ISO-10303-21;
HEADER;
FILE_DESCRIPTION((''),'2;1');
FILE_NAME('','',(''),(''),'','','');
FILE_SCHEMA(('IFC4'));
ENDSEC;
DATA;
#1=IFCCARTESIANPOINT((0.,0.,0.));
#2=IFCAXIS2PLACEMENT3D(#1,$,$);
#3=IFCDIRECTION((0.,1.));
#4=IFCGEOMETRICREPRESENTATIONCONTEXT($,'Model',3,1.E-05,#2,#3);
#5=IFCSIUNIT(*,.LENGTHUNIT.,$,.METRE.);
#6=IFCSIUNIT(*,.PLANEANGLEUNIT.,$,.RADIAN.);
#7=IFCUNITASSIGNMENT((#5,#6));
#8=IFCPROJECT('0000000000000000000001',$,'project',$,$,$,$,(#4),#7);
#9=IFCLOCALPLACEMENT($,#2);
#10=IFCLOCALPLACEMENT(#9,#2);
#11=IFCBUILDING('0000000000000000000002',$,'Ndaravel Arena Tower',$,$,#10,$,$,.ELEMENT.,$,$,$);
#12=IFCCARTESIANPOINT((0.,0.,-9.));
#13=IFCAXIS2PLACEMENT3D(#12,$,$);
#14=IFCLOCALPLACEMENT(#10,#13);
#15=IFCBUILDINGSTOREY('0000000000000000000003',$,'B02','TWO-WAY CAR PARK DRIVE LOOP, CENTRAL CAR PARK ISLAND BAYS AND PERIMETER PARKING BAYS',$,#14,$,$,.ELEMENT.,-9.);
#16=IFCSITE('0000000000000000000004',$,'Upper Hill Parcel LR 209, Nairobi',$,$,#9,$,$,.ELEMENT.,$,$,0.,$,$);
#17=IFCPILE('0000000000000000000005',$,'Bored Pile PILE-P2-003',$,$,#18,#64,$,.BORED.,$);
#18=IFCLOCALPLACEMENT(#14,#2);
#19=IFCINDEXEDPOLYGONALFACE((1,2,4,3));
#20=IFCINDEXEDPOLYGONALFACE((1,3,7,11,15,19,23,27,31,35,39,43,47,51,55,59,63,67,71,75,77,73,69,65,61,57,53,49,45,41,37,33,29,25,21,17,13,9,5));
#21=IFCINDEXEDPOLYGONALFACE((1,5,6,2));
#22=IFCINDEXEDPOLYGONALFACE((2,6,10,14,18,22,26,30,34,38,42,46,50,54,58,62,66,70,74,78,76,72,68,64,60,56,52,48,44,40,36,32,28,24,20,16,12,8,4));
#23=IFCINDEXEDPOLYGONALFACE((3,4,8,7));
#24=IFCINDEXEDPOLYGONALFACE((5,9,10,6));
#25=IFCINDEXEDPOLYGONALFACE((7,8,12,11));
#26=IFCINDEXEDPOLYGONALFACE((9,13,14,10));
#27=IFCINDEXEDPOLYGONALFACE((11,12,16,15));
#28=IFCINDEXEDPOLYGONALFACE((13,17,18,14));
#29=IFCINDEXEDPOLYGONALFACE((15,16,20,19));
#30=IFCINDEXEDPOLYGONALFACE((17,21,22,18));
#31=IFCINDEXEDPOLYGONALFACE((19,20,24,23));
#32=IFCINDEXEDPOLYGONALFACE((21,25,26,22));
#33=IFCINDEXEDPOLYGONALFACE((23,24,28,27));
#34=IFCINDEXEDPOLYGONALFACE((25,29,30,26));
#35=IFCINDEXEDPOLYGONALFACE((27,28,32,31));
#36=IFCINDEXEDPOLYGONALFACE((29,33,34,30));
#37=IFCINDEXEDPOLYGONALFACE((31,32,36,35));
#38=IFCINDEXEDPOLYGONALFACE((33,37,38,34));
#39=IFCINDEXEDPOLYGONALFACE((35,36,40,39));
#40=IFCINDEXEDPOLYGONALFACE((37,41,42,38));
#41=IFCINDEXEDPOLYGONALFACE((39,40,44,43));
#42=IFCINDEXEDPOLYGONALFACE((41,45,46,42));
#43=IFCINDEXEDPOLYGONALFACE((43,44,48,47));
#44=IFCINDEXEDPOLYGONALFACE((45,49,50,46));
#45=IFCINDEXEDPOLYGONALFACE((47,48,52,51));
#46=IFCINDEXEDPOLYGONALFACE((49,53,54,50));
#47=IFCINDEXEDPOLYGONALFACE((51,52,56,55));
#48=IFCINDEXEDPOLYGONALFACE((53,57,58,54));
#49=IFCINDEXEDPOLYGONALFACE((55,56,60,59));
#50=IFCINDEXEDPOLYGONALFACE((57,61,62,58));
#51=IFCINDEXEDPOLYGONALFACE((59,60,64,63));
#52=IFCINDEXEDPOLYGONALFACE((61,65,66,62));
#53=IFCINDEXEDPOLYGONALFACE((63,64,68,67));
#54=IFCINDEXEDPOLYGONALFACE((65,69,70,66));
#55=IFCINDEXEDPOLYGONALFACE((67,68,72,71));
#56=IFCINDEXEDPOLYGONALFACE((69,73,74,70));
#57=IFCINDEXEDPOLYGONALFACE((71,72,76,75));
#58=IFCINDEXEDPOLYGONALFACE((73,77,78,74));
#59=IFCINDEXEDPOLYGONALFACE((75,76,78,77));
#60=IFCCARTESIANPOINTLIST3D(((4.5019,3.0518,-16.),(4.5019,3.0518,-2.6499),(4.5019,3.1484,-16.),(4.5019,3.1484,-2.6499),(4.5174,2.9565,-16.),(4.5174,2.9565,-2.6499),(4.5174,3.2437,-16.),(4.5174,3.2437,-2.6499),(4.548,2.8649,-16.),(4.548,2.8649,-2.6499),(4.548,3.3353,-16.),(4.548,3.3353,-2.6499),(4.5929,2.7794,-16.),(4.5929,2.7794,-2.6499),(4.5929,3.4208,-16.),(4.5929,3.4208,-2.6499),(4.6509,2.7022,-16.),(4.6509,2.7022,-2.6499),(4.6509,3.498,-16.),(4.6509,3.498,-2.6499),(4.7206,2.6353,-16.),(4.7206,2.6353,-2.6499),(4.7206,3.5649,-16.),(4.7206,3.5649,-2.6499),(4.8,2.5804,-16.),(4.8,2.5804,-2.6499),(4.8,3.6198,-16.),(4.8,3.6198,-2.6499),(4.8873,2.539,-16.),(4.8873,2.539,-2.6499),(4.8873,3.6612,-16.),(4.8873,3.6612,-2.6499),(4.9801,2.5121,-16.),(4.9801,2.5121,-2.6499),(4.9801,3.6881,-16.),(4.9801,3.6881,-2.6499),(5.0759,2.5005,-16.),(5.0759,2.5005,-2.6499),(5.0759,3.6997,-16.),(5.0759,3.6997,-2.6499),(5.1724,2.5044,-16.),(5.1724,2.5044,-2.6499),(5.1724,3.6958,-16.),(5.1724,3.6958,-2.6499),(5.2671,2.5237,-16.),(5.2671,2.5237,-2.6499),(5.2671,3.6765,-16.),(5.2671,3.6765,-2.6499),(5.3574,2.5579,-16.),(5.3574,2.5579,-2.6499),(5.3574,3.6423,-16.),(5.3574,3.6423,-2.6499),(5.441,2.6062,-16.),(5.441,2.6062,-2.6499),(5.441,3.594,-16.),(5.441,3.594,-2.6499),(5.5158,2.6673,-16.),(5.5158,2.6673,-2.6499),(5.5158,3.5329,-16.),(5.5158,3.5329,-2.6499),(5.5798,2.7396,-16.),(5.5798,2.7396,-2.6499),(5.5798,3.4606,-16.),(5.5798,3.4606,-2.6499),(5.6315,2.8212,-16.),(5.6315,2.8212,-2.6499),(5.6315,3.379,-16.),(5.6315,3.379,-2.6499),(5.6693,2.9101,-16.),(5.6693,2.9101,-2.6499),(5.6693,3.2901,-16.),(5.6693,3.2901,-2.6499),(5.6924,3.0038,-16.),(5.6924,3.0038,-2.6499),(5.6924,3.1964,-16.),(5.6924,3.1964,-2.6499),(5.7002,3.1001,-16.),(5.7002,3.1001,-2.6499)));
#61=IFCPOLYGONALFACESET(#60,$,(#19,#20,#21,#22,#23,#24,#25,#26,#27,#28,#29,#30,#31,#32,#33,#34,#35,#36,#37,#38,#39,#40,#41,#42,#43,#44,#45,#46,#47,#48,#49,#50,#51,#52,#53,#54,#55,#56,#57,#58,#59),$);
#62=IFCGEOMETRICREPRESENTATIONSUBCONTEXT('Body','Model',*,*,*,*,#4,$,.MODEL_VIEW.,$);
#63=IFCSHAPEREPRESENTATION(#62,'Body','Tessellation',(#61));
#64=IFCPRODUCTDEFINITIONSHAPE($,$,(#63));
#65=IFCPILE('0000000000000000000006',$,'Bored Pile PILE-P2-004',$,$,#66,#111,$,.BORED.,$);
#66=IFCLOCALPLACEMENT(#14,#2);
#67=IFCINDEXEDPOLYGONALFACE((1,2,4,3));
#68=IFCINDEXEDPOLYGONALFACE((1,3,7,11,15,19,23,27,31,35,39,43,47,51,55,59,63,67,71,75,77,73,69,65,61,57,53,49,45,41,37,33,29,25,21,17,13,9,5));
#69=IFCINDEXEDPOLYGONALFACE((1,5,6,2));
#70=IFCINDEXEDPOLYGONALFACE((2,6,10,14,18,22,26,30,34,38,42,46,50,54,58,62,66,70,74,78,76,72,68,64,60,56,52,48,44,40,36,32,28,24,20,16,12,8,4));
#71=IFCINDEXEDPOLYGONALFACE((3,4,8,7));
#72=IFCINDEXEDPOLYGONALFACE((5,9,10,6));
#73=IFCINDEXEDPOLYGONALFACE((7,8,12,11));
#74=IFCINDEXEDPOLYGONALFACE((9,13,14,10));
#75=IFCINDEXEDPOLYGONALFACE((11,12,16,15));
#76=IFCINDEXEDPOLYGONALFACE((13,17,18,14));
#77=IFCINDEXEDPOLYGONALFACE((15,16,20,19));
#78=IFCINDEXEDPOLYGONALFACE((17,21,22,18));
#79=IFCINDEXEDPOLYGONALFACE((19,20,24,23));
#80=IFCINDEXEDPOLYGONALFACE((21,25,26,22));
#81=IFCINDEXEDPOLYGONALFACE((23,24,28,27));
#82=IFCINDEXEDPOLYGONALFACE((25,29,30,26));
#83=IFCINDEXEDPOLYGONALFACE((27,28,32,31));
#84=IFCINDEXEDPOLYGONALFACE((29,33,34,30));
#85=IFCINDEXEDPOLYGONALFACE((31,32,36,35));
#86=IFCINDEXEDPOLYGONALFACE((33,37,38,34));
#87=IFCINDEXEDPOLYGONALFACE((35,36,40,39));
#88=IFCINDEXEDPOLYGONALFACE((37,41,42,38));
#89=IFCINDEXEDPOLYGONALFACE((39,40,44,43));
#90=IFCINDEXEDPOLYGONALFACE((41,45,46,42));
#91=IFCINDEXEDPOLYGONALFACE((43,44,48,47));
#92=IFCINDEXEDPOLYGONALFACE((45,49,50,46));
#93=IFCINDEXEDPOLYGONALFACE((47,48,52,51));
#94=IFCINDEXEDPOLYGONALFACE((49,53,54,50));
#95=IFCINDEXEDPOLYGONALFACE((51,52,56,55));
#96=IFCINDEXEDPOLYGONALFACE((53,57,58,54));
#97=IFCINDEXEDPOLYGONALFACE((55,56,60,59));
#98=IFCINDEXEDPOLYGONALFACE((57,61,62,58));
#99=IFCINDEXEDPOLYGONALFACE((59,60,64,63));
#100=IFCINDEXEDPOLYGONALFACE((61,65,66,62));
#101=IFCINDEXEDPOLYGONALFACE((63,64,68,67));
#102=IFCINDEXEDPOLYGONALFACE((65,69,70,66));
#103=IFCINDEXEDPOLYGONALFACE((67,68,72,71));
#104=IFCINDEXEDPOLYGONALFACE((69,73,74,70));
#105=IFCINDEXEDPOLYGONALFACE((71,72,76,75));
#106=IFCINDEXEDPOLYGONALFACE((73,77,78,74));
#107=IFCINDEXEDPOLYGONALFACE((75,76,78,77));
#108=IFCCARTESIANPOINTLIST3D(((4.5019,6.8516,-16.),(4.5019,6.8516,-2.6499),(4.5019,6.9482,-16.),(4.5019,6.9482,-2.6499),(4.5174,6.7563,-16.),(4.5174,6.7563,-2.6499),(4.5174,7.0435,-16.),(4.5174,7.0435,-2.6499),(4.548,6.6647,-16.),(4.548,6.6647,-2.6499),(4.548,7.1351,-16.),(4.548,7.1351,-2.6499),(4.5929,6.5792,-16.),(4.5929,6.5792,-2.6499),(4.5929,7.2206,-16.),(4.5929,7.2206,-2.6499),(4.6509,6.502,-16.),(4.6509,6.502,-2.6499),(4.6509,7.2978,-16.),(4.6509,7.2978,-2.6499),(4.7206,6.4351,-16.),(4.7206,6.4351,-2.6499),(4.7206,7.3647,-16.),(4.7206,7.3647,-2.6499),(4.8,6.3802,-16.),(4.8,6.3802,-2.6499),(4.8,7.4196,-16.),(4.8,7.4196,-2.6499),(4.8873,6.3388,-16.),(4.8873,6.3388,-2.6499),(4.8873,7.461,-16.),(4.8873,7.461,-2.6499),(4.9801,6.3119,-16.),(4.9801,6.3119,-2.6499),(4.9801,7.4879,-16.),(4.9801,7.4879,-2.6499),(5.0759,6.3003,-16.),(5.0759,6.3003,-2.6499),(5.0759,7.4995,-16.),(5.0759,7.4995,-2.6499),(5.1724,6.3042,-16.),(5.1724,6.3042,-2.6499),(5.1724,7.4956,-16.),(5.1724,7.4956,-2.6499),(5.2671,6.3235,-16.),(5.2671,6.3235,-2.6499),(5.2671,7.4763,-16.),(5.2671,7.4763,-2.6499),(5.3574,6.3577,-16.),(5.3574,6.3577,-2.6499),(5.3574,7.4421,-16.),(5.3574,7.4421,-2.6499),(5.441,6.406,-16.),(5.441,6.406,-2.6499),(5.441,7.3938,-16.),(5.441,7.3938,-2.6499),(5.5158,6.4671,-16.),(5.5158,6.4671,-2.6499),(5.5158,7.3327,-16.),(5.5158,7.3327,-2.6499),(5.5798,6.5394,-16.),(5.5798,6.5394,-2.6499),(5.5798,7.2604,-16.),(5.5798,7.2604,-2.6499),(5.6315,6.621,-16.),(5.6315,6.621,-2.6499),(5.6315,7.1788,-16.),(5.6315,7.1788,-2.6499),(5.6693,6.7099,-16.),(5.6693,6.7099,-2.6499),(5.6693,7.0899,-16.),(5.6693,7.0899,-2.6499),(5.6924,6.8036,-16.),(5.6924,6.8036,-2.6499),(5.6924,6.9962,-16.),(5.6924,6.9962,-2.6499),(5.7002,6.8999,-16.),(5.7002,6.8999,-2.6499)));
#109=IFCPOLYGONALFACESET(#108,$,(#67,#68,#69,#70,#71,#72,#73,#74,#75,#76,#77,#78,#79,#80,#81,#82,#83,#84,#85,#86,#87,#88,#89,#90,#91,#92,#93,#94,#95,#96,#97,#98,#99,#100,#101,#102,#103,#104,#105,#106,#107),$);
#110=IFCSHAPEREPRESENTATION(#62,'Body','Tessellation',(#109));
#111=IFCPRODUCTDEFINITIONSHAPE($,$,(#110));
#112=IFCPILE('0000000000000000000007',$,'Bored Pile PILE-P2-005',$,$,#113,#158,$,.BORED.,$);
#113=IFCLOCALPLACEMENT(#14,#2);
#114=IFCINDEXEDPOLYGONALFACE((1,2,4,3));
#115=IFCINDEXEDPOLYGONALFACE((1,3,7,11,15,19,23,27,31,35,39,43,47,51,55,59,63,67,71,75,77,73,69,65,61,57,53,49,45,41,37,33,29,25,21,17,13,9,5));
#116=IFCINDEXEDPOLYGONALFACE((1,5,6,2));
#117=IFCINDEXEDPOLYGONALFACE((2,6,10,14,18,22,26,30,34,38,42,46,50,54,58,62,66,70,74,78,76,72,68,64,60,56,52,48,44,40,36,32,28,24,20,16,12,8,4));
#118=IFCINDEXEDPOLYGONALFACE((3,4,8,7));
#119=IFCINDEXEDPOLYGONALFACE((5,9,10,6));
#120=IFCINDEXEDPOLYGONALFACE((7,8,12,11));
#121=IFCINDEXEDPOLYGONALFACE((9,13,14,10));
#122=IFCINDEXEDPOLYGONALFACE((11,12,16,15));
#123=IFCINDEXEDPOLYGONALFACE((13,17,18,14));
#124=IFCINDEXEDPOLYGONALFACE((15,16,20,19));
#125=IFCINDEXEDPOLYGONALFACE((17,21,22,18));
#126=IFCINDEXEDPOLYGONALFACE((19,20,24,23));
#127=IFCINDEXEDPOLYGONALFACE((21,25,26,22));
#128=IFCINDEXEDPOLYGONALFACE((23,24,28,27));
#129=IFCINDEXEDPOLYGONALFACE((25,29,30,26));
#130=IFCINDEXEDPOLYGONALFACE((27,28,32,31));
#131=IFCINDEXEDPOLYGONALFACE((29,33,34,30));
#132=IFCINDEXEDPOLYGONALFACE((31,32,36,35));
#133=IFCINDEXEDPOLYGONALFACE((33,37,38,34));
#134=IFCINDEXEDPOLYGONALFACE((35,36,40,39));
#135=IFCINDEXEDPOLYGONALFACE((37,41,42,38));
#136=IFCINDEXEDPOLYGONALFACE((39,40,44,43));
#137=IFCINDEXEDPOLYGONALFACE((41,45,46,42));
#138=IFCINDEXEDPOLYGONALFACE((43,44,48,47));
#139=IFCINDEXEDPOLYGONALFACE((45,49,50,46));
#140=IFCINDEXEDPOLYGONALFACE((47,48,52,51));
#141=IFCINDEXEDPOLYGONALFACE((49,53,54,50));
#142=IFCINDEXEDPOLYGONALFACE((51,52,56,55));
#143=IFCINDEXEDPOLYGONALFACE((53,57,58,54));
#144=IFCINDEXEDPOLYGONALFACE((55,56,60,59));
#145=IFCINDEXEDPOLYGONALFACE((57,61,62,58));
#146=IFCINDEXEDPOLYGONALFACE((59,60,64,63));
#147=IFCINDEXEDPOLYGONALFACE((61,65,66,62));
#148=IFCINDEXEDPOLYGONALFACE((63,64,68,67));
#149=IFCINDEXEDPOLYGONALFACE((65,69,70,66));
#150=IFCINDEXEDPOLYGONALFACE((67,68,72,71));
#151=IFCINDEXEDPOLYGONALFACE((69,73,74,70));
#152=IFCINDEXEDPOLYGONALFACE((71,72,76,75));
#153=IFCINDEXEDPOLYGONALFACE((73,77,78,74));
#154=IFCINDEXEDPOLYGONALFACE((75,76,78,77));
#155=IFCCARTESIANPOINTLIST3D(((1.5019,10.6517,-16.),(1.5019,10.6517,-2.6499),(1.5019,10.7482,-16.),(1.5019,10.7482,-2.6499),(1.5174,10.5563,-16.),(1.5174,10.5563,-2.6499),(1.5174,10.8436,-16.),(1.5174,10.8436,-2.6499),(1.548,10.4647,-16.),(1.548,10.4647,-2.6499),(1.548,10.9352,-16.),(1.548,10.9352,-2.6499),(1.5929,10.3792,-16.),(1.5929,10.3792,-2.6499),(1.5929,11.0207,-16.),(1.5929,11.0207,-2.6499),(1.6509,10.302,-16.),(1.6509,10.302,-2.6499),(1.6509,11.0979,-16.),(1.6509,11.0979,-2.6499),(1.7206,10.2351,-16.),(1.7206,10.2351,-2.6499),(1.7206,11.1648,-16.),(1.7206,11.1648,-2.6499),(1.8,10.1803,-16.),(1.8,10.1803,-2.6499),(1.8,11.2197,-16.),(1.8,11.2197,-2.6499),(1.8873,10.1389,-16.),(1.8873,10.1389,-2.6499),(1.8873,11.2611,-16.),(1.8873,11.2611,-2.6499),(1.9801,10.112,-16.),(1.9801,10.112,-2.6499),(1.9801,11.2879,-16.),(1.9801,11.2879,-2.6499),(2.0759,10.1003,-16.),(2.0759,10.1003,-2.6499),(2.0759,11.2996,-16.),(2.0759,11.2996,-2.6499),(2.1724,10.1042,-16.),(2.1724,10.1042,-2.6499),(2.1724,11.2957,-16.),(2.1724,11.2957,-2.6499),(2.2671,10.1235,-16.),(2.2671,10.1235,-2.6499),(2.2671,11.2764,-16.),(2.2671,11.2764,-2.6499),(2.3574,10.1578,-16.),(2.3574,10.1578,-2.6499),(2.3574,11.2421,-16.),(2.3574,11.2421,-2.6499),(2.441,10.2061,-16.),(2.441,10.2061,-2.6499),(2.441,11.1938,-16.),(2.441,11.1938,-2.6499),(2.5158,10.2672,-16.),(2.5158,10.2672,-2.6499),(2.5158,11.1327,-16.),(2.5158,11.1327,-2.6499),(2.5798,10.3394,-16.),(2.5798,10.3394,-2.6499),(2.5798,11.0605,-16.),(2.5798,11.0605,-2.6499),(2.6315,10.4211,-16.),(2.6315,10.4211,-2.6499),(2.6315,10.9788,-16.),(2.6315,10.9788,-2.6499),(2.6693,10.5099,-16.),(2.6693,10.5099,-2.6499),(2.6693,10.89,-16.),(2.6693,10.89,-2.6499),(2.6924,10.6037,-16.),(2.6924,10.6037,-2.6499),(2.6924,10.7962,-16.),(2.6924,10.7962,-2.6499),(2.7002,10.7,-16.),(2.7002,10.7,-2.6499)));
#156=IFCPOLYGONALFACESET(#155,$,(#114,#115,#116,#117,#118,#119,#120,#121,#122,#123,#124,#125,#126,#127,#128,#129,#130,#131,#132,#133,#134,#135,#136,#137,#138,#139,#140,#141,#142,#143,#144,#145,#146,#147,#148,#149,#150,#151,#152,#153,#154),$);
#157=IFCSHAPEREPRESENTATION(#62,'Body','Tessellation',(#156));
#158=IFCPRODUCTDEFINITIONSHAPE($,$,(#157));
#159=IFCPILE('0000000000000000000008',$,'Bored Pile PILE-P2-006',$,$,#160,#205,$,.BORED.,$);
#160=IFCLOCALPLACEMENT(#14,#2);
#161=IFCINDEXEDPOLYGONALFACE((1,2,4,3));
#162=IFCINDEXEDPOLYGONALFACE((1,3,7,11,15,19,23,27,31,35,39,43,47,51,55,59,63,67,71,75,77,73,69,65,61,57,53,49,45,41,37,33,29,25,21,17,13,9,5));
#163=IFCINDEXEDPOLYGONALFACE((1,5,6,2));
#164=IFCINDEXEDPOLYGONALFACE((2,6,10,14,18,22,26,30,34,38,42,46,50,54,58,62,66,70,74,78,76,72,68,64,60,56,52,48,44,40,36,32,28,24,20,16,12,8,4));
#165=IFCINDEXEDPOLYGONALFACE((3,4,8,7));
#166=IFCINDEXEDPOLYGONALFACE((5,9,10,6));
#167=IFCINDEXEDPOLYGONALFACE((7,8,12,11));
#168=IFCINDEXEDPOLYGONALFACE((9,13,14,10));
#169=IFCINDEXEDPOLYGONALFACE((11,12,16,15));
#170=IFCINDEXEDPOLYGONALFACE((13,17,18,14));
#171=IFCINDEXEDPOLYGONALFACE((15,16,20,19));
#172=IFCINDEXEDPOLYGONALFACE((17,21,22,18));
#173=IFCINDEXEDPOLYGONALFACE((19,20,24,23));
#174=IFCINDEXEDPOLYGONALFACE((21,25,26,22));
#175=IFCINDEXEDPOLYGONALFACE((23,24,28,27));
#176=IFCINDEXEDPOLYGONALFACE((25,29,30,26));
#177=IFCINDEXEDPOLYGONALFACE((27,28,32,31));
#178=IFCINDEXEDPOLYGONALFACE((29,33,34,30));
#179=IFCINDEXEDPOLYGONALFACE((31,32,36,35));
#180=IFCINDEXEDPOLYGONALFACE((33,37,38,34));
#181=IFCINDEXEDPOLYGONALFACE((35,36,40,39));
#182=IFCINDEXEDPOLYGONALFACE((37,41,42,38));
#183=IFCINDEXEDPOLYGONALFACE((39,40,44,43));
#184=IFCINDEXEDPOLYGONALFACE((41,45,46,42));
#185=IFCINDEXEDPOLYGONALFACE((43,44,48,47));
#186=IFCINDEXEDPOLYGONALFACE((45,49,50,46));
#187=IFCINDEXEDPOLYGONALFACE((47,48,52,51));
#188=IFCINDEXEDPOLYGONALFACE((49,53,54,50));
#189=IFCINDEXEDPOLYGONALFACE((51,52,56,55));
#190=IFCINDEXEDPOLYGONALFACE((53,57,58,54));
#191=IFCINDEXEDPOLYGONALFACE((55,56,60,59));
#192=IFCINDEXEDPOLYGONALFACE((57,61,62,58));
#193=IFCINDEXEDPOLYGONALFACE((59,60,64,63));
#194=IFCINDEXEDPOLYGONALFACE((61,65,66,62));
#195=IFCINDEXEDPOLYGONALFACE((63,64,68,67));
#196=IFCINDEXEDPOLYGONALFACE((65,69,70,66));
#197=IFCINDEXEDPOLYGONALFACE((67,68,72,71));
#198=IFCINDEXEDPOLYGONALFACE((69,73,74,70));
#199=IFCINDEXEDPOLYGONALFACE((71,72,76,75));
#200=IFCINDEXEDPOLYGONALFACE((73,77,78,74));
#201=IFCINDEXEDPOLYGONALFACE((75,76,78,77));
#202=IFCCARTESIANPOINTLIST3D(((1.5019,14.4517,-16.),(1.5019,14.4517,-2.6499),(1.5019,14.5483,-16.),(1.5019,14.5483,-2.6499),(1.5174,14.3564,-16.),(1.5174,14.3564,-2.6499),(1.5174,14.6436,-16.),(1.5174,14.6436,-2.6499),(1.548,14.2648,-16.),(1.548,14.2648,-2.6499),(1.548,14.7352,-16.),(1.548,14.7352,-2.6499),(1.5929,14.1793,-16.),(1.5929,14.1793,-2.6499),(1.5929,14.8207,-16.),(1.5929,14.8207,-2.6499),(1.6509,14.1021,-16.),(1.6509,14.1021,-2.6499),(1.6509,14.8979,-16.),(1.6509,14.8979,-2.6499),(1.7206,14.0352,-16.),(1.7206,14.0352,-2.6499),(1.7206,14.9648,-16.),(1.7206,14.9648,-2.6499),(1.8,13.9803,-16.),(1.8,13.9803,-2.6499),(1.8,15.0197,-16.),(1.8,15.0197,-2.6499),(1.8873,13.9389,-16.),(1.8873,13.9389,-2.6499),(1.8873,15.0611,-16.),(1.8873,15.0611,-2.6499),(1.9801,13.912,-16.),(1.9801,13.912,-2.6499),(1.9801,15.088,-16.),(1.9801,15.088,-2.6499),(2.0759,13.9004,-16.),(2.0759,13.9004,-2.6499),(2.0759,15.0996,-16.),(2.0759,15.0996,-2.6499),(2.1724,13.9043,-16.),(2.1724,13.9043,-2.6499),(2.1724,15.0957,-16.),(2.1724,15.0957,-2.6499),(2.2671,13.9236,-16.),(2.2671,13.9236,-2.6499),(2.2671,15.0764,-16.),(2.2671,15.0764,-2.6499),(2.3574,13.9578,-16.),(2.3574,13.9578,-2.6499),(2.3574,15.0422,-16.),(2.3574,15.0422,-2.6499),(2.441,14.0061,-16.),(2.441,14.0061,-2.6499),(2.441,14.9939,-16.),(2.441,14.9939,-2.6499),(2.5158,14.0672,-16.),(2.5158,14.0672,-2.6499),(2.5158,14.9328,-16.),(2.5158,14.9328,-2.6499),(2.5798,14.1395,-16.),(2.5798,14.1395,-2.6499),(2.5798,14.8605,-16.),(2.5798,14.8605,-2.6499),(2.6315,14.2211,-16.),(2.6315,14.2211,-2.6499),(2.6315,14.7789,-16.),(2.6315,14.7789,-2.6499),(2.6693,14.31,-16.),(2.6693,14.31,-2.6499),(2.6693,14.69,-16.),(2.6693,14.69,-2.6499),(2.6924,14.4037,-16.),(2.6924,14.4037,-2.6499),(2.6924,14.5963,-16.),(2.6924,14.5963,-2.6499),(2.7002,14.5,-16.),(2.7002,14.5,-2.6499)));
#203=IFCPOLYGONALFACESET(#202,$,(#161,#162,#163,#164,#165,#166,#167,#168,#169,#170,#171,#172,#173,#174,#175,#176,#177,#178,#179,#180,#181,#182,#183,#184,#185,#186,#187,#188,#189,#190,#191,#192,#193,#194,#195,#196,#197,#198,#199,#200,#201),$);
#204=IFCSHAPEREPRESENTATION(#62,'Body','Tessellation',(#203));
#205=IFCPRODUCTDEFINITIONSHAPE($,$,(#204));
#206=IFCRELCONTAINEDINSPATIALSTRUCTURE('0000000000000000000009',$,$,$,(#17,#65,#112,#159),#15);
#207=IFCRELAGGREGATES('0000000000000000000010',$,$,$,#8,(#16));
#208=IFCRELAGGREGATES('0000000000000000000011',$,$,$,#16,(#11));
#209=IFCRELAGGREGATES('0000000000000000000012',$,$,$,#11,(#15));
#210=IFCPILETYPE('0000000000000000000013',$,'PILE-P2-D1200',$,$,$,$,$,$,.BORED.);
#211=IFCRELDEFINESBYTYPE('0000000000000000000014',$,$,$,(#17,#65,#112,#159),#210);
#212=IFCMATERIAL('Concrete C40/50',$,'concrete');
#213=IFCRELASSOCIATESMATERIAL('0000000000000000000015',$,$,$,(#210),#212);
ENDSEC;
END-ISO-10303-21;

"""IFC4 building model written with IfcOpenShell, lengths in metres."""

from ifc_helpers import new_model, si_unit, direction, frame, origin, origin_2d, place, context, subcontext, project, spatial, circle, extrude, material, material_profile, profile_set, type_object, element, save


model = new_model("IFC4")

# Units and contexts
model_context = context("Model", 3, precision=1e-05, world=origin(), true_north=direction((0.0, 1.0)))
body_context = subcontext(model_context, "Body", "Model", "MODEL_VIEW")
ifc_project = project(units=[si_unit("LENGTHUNIT", "METRE"), si_unit("PLANEANGLEUNIT", "RADIAN")], contexts=[model_context])

# Site, building, storey
site_placement = place(None, origin())
site = spatial("IfcSite", under=ifc_project, at=site_placement, Name="Upper Hill Parcel LR 209, Nairobi", CompositionType="ELEMENT", RefElevation=0.0)
building_placement = place(site_placement, origin())
building = spatial("IfcBuilding", under=site, at=building_placement, Name="Ndaravel Arena Tower", CompositionType="ELEMENT")
storey_placement = place(building_placement, frame((0.0, 0.0, -9.0)))
storey = spatial("IfcBuildingStorey", under=building, at=storey_placement, Name="B02", Description="TWO-WAY CAR PARK DRIVE LOOP, CENTRAL CAR PARK ISLAND BAYS AND PERIMETER PARKING BAYS", CompositionType="ELEMENT", Elevation=-9.0)

# Piles
ifc_material_1 = material(Name="Concrete C40/50", Category="concrete")
ifc_material_profile_1 = material_profile(ifc_material_1, circle(Radius=0.6001, at=origin_2d()), Name="BORED PILE D1200")
ifc_profile_set_1 = profile_set([ifc_material_profile_1], Name="Concrete C40/50")
pile_type = type_object("IfcPileType", Name="PILE-P2-D1200", PredefinedType="BORED", material=ifc_profile_set_1)
for number, where, z_axis, x_axis, name in (
    (1, (5.1001, 3.1001, -2.6499), (0.0, 0.0, -1.0), (1.0, 0.0, 0.0), "Bored Pile PILE-P2-003"),
    (2, (5.1001, 6.8999, -2.6499), (0.0, 0.0, -1.0), (1.0, 0.0, 0.0), "Bored Pile PILE-P2-004"),
    (3, (2.1001, 10.7, -2.6499), (0.0, 0.0, -1.0), (1.0, 0.0, 0.0), "Bored Pile PILE-P2-005"),
    (4, (2.1001, 14.5, -2.6499), (0.0, 0.0, -1.0), (1.0, 0.0, 0.0), "Bored Pile PILE-P2-006"),
):
    element("IfcPile", number, at=place(storey_placement, frame(where, z_axis=z_axis, x_axis=x_axis)), inside=storey, type_object=pile_type, Name=name, PredefinedType="BORED", context=body_context, shape_type="SweptSolid", body=[
        extrude(circle(Radius=0.6001, at=origin_2d()), origin(), (0.0, 0.0, 1.0), 13.3501),
    ])

save(model, "model.ifc")
